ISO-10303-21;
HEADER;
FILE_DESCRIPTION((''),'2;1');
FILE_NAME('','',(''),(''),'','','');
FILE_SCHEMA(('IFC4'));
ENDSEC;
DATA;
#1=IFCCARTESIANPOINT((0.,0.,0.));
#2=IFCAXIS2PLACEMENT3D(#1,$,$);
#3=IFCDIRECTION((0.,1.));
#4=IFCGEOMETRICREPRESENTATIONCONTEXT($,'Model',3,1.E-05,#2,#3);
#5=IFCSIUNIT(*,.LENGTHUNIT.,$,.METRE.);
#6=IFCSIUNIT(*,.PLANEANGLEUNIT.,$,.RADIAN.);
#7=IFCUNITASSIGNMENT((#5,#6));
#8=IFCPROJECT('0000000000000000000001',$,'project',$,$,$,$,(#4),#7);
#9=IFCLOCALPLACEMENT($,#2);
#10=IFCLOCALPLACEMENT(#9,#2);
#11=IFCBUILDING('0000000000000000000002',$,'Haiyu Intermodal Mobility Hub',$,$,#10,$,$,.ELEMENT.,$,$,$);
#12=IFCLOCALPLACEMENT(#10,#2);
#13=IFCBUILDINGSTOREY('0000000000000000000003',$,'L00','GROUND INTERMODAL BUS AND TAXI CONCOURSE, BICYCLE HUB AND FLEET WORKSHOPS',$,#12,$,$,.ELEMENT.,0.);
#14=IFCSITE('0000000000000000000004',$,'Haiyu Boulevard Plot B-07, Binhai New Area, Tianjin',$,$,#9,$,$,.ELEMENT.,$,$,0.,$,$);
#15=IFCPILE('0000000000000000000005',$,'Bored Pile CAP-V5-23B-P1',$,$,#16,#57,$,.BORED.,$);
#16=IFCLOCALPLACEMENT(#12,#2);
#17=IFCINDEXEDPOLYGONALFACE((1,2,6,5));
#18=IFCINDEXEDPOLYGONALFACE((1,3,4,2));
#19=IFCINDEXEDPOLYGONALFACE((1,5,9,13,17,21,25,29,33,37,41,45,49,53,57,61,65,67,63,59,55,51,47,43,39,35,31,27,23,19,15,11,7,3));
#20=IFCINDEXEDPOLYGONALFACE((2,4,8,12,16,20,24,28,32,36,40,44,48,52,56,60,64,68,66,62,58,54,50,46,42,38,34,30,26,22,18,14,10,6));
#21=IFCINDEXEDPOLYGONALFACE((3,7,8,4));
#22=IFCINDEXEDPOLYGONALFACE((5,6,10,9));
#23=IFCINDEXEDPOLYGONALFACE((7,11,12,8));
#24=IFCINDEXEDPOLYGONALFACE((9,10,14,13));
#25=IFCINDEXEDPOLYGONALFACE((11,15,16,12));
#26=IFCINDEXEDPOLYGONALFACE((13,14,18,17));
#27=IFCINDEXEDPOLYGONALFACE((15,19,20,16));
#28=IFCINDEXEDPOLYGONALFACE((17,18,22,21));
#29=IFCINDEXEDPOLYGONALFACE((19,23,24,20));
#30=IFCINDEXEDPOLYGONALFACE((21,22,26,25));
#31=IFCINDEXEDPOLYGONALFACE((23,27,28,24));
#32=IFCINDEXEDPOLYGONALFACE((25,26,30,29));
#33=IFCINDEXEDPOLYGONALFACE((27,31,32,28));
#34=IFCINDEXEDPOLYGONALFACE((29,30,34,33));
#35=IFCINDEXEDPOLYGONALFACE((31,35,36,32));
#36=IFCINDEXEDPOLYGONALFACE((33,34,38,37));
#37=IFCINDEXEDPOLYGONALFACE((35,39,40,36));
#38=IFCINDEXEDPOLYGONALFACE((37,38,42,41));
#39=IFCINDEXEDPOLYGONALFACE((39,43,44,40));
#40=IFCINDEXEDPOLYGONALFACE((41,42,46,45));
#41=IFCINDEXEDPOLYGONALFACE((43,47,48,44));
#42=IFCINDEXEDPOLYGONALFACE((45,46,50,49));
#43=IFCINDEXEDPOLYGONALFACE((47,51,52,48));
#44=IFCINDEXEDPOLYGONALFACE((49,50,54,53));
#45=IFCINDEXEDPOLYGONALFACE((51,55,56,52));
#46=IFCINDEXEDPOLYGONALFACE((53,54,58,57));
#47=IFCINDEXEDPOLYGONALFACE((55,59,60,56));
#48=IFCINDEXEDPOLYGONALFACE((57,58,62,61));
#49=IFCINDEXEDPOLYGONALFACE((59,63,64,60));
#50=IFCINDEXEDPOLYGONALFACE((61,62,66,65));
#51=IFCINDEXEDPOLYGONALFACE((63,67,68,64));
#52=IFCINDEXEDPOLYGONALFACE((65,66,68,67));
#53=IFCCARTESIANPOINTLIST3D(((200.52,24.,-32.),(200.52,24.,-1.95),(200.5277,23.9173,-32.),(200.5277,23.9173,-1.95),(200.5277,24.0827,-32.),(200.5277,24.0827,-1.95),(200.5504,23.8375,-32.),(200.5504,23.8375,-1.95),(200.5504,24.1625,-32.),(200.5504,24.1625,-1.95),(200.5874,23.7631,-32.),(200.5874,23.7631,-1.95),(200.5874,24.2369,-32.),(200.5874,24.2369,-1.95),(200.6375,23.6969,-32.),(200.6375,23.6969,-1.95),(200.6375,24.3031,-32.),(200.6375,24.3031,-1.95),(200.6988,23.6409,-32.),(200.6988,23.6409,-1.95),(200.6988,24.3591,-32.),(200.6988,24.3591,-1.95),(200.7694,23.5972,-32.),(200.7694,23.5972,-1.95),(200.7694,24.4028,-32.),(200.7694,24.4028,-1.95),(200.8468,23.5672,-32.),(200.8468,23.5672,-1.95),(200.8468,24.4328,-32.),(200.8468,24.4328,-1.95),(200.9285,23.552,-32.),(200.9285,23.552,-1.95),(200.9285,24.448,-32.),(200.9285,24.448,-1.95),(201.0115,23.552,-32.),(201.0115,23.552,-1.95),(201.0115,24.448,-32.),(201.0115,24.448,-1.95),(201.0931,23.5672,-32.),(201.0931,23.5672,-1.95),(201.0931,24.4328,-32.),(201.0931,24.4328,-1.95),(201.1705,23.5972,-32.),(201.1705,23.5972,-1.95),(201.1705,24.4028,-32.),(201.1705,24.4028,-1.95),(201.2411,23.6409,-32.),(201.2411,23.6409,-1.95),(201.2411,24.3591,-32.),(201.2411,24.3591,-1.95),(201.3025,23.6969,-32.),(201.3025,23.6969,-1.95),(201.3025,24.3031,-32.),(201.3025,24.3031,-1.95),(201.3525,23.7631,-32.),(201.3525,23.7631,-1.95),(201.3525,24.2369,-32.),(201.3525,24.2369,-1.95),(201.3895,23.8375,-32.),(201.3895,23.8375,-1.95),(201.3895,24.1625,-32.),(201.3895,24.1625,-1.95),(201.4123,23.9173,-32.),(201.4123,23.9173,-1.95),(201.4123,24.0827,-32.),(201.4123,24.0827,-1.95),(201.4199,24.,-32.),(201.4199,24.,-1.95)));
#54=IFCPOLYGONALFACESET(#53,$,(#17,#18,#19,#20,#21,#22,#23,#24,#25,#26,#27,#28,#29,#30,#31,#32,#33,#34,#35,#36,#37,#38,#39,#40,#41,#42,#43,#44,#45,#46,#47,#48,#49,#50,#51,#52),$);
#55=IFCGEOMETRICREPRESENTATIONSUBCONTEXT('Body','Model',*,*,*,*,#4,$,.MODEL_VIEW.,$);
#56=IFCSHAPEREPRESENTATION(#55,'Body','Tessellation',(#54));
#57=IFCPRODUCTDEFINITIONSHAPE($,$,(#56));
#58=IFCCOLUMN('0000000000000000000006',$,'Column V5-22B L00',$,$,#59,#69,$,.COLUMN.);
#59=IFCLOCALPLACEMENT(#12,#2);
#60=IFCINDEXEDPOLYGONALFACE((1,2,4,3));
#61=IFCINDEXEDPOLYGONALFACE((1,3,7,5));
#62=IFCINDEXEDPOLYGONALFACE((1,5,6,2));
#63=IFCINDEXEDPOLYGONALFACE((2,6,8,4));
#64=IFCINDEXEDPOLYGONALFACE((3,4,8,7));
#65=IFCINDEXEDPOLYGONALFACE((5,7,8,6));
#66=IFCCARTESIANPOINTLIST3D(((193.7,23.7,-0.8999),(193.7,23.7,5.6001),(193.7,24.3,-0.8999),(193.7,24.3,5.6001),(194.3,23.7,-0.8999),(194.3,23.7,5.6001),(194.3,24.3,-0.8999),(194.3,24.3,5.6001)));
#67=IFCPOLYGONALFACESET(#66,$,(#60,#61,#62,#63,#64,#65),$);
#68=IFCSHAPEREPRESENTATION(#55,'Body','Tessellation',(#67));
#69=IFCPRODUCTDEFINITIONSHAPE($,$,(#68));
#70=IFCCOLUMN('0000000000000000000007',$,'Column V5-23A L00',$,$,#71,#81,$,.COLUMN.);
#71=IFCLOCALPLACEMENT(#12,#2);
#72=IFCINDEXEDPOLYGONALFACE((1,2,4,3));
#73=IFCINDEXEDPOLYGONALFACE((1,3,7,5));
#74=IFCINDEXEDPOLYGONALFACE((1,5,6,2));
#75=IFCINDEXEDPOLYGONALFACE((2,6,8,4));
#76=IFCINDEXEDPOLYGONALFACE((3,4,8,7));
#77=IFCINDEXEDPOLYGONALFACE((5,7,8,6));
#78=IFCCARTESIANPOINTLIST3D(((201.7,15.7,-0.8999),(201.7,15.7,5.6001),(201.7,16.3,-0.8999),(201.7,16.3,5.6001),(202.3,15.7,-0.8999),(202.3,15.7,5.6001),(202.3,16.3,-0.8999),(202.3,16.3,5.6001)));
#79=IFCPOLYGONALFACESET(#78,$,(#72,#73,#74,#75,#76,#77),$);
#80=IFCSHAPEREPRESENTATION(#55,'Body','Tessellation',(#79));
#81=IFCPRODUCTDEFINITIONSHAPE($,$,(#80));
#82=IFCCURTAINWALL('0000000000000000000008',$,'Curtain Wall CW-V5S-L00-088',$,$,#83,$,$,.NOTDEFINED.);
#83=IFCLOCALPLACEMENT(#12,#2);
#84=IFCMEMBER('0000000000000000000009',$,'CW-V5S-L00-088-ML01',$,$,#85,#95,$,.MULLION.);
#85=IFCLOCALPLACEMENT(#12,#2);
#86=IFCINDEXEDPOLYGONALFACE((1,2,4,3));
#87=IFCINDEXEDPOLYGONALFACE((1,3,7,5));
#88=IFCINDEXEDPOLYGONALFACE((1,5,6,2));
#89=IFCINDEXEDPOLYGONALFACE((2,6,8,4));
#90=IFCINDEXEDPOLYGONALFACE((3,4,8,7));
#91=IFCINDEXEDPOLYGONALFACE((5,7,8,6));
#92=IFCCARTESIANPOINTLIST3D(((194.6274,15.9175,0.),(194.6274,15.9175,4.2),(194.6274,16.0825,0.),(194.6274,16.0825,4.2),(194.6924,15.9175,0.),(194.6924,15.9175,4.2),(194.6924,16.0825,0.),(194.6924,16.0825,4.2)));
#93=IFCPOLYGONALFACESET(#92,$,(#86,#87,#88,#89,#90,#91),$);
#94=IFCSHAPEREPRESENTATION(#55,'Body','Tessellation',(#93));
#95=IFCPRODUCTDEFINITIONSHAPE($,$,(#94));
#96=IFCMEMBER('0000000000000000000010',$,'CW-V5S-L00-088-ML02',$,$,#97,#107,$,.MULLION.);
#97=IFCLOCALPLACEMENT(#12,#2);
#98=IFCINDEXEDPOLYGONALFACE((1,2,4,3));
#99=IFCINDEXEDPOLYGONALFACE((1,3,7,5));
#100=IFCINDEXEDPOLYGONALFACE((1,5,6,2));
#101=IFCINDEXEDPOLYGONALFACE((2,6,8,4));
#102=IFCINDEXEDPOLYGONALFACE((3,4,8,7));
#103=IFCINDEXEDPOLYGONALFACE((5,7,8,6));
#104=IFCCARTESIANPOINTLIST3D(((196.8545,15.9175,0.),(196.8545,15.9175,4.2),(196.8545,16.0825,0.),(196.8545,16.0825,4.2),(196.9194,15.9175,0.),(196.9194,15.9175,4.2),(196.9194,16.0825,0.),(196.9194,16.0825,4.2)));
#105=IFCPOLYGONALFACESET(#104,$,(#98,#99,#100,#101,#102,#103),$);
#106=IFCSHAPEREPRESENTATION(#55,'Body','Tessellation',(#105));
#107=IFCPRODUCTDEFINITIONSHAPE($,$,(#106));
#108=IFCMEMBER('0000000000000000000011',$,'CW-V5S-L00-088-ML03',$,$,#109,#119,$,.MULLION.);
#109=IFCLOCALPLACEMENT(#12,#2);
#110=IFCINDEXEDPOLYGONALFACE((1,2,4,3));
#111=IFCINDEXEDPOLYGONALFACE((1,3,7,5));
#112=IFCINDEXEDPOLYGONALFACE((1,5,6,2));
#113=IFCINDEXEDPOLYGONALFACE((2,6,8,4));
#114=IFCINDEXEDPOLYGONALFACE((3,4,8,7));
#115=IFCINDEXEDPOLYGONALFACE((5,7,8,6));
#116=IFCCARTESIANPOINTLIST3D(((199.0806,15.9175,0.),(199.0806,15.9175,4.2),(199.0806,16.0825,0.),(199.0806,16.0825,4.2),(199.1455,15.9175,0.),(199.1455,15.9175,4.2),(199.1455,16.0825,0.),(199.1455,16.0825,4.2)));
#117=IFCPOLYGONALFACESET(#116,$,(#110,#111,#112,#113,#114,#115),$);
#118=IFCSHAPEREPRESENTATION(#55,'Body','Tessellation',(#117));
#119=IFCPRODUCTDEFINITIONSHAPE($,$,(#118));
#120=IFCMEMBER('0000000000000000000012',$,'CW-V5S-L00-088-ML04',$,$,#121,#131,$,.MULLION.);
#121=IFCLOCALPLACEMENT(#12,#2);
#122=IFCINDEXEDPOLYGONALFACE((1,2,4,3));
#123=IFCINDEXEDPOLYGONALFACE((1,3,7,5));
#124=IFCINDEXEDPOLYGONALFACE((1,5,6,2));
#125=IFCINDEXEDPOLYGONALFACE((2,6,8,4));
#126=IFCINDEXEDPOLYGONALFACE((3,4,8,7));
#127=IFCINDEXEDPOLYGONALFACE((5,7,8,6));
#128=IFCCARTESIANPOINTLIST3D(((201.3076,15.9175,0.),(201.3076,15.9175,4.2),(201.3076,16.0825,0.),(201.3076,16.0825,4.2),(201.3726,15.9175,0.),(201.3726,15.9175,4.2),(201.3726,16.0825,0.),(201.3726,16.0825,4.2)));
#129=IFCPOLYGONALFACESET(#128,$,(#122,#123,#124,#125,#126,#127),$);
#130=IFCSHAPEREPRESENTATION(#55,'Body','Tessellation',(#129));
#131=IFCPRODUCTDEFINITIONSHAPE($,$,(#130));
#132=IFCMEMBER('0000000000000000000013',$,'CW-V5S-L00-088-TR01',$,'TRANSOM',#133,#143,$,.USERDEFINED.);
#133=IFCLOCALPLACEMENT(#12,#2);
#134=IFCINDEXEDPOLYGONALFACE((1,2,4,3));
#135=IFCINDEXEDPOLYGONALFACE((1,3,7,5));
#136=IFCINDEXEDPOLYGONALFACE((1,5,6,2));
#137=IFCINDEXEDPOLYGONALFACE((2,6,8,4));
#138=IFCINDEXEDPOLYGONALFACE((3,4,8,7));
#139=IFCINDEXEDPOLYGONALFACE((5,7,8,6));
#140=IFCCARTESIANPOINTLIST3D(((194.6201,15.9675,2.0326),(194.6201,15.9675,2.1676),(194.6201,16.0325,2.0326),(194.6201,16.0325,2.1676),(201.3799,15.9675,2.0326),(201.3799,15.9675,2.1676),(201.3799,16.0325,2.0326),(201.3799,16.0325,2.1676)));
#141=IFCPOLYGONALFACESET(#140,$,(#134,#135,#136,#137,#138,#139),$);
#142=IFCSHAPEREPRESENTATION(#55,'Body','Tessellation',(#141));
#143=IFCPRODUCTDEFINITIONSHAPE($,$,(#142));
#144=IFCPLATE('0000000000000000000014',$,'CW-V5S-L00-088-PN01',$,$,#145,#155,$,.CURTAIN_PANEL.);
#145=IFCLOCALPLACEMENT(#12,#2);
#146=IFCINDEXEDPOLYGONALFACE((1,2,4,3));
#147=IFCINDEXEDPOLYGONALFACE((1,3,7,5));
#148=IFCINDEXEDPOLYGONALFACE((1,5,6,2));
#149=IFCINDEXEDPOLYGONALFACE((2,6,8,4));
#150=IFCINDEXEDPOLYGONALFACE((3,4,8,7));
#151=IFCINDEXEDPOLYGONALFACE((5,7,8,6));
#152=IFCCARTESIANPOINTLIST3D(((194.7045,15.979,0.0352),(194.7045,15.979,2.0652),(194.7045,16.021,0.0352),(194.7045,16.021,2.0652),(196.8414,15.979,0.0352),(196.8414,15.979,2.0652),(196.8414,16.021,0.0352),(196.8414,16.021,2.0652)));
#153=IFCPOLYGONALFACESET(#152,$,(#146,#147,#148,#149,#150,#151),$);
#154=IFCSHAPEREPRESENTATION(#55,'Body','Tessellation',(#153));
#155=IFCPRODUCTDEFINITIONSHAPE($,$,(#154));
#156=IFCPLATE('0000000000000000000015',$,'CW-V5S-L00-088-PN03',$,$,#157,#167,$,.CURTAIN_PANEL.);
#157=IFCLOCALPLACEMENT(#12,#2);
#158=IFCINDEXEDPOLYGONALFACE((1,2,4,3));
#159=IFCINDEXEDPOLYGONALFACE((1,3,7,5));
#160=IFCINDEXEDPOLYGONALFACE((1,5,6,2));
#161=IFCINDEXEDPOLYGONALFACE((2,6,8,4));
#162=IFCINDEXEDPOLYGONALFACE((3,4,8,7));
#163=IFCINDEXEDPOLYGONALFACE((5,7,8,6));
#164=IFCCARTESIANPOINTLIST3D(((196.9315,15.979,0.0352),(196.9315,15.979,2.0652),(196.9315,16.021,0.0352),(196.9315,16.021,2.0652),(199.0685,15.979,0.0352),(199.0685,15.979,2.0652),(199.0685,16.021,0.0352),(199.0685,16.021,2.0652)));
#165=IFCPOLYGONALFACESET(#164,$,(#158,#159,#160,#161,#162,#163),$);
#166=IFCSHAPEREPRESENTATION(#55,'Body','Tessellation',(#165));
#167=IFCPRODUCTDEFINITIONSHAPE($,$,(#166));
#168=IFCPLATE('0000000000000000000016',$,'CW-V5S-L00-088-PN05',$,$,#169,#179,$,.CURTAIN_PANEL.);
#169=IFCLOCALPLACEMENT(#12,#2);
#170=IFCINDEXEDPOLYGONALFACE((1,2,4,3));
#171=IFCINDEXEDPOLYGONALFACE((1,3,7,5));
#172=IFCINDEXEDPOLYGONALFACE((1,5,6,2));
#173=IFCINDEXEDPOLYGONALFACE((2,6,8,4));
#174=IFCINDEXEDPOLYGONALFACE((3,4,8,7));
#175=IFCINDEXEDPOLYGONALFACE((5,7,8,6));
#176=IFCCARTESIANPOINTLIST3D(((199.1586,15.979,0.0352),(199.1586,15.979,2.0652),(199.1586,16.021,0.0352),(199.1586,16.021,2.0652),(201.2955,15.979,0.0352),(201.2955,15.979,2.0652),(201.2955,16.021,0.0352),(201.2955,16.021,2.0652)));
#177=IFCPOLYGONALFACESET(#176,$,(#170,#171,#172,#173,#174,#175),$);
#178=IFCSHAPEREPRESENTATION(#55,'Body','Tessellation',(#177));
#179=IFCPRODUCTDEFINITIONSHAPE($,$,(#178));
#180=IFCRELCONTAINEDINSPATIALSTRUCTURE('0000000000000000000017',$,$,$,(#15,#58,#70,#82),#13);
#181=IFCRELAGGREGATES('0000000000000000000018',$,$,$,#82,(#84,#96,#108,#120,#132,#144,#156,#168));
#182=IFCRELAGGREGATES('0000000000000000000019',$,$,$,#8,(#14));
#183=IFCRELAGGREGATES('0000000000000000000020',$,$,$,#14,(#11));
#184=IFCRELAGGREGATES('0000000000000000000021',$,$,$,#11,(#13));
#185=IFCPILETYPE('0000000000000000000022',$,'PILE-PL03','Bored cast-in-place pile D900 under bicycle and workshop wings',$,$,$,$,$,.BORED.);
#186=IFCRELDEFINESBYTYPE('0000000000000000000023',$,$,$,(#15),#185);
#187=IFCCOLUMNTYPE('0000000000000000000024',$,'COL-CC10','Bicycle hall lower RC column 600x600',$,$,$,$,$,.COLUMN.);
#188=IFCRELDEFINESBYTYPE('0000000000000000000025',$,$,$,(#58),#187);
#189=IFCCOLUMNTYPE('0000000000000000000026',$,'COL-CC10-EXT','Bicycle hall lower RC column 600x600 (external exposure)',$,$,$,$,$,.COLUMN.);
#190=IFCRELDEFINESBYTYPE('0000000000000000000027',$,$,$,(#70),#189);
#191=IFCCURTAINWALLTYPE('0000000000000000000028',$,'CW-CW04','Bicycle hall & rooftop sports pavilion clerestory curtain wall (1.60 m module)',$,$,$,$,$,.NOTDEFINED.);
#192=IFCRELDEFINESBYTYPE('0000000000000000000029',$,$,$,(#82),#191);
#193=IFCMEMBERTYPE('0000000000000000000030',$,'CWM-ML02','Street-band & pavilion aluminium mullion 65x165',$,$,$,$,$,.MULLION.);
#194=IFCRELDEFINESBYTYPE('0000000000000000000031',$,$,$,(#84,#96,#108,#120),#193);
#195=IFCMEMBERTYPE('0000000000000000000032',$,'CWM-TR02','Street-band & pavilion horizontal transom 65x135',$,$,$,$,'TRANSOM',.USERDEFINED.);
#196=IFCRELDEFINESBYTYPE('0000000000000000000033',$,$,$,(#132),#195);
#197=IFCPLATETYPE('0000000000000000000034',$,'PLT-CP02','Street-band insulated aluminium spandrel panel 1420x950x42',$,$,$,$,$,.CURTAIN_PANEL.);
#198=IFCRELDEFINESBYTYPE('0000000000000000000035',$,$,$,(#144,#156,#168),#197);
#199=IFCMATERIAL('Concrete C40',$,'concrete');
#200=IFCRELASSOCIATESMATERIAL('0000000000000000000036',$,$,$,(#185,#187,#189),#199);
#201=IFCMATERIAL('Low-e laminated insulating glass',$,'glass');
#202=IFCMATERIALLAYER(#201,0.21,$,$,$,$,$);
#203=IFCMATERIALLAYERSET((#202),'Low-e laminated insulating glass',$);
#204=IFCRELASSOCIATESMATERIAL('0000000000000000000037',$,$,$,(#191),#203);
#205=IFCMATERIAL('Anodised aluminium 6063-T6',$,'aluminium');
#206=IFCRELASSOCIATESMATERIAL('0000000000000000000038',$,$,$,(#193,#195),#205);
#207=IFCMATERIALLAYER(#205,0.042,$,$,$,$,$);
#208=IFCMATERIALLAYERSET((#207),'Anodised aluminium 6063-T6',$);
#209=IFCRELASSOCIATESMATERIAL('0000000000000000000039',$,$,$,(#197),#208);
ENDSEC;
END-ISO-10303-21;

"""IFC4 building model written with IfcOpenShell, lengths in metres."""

from ifc_helpers import new_model, si_unit, direction, frame, origin, origin_2d, place, context, subcontext, project, spatial, rectangle, circle, extrude, material, layer, layer_set, material_profile, profile_set, type_object, element, aggregate, save


model = new_model("IFC4")

# Units and contexts
model_context = context("Model", 3, precision=1e-05, world=origin(), true_north=direction((0.0, 1.0)))
body_context = subcontext(model_context, "Body", "Model", "MODEL_VIEW")
ifc_project = project(units=[si_unit("LENGTHUNIT", "METRE"), si_unit("PLANEANGLEUNIT", "RADIAN")], contexts=[model_context])

# Site, building, storey
site_placement = place(None, origin())
site = spatial("IfcSite", under=ifc_project, at=site_placement, Name="Haiyu Boulevard Plot B-07, Binhai New Area, Tianjin", CompositionType="ELEMENT", RefElevation=0.0)
building_placement = place(site_placement, origin())
building = spatial("IfcBuilding", under=site, at=building_placement, Name="Haiyu Intermodal Mobility Hub", CompositionType="ELEMENT")
storey_placement = place(building_placement, origin())
storey = spatial("IfcBuildingStorey", under=building, at=storey_placement, Name="L00", Description="GROUND INTERMODAL BUS AND TAXI CONCOURSE, BICYCLE HUB AND FLEET WORKSHOPS", CompositionType="ELEMENT", Elevation=0.0)

# Shared definitions
ifc_material_1 = material(Name="Concrete C40", Category="concrete")

# Pile
ifc_material_profile_1 = material_profile(ifc_material_1, circle(Radius=0.45, at=origin_2d()), Name="PILE-D900")
ifc_profile_set_1 = profile_set([ifc_material_profile_1], Name="Concrete C40")
pile_type = type_object("IfcPileType", Name="PILE-PL03", Description="Bored cast-in-place pile D900 under bicycle and workshop wings", PredefinedType="BORED", material=ifc_profile_set_1)
for number, where, z_axis, x_axis, name in (
    (1, (200.97, 24.0, -1.95), (0.0, 0.0, -1.0), (1.0, 0.0, 0.0), "Bored Pile CAP-V5-23B-P1"),
):
    element("IfcPile", number, at=place(storey_placement, frame(where, z_axis=z_axis, x_axis=x_axis)), inside=storey, type_object=pile_type, Name=name, PredefinedType="BORED", context=body_context, shape_type="SweptSolid", body=[
        extrude(circle(Radius=0.45, at=origin_2d()), origin(), (0.0, 0.0, 1.0), 30.05),
    ])

# Columns
ifc_material_profile_2 = material_profile(ifc_material_1, rectangle(XDim=0.6001, YDim=0.6001, at=origin_2d()), Name="RC600x600")
ifc_profile_set_2 = profile_set([ifc_material_profile_2], Name="Concrete C40")
column_type_1 = type_object("IfcColumnType", Name="COL-CC10", Description="Bicycle hall lower RC column 600x600", PredefinedType="COLUMN", material=ifc_profile_set_2)
column_1_placement = place(storey_placement, frame((194.0, 24.0, -0.8999), z_axis=(0.0, 0.0, 1.0), x_axis=(1.0, 0.0, 0.0)))
element("IfcColumn", 2, at=column_1_placement, inside=storey, type_object=column_type_1, Name="Column V5-22B L00", PredefinedType="COLUMN", context=body_context, shape_type="SweptSolid", body=[
    extrude(rectangle(XDim=0.6001, YDim=0.6001, at=origin_2d()), origin(), (0.0, 0.0, 1.0), 6.5),
])
ifc_material_profile_3 = material_profile(ifc_material_1, rectangle(XDim=0.6001, YDim=0.6001, at=origin_2d()), Name="RC600x600")
ifc_profile_set_3 = profile_set([ifc_material_profile_3], Name="Concrete C40")
column_type_2 = type_object("IfcColumnType", Name="COL-CC10-EXT", Description="Bicycle hall lower RC column 600x600 (external exposure)", PredefinedType="COLUMN", material=ifc_profile_set_3)
column_2_placement = place(storey_placement, frame((202.0, 16.0, -0.8999), z_axis=(0.0, 0.0, 1.0), x_axis=(1.0, 0.0, 0.0)))
element("IfcColumn", 3, at=column_2_placement, inside=storey, type_object=column_type_2, Name="Column V5-23A L00", PredefinedType="COLUMN", context=body_context, shape_type="SweptSolid", body=[
    extrude(rectangle(XDim=0.6001, YDim=0.6001, at=origin_2d()), origin(), (0.0, 0.0, 1.0), 6.5),
])

# Curtain wall, members, plates
ifc_material_2 = material(Name="Low-e laminated insulating glass", Category="glass")
ifc_layer_1 = layer(ifc_material_2, 0.21)
ifc_layer_set_1 = layer_set([ifc_layer_1], Name="Low-e laminated insulating glass")
curtain_wall_type = type_object("IfcCurtainWallType", Name="CW-CW04", Description="Bicycle hall & rooftop sports pavilion clerestory curtain wall (1.60 m module)", PredefinedType="NOTDEFINED", material=ifc_layer_set_1)
curtain_wall_placement = place(storey_placement, origin())
curtain_wall = element("IfcCurtainWall", 4, at=curtain_wall_placement, inside=storey, type_object=curtain_wall_type, Name="Curtain Wall CW-V5S-L00-088", PredefinedType="NOTDEFINED")
ifc_material_3 = material(Name="Anodised aluminium 6063-T6", Category="aluminium")
ifc_material_profile_4 = material_profile(ifc_material_3, rectangle(XDim=0.0649, YDim=0.165, at=origin_2d()), Name="ALU65x165")
ifc_profile_set_4 = profile_set([ifc_material_profile_4], Name="Anodised aluminium 6063-T6")
member_type_1 = type_object("IfcMemberType", Name="CWM-ML02", Description="Street-band & pavilion aluminium mullion 65x165", PredefinedType="MULLION", material=ifc_profile_set_4)
member_1_placement = place(storey_placement, frame((194.6599, 16.0, 0.0), z_axis=(0.0, 0.0, 1.0), x_axis=(1.0, 0.0, 0.0)))
member_1 = element("IfcMember", 5, at=member_1_placement, type_object=member_type_1, Name="CW-V5S-L00-088-ML01", PredefinedType="MULLION", context=body_context, shape_type="SweptSolid", body=[
    extrude(rectangle(XDim=0.0649, YDim=0.165, at=origin_2d()), origin(), (0.0, 0.0, 1.0), 4.2),
])
member_2_placement = place(storey_placement, frame((196.887, 16.0, 0.0), z_axis=(0.0, 0.0, 1.0), x_axis=(1.0, 0.0, 0.0)))
member_2 = element("IfcMember", 6, at=member_2_placement, type_object=member_type_1, Name="CW-V5S-L00-088-ML02", PredefinedType="MULLION", context=body_context, shape_type="SweptSolid", body=[
    extrude(rectangle(XDim=0.0649, YDim=0.165, at=origin_2d()), origin(), (0.0, 0.0, 1.0), 4.2),
])
member_3_placement = place(storey_placement, frame((199.113, 16.0, 0.0), z_axis=(0.0, 0.0, 1.0), x_axis=(1.0, 0.0, 0.0)))
member_3 = element("IfcMember", 7, at=member_3_placement, type_object=member_type_1, Name="CW-V5S-L00-088-ML03", PredefinedType="MULLION", context=body_context, shape_type="SweptSolid", body=[
    extrude(rectangle(XDim=0.0649, YDim=0.165, at=origin_2d()), origin(), (0.0, 0.0, 1.0), 4.2),
])
member_4_placement = place(storey_placement, frame((201.3401, 16.0, 0.0), z_axis=(0.0, 0.0, 1.0), x_axis=(1.0, 0.0, 0.0)))
member_4 = element("IfcMember", 8, at=member_4_placement, type_object=member_type_1, Name="CW-V5S-L00-088-ML04", PredefinedType="MULLION", context=body_context, shape_type="SweptSolid", body=[
    extrude(rectangle(XDim=0.0649, YDim=0.165, at=origin_2d()), origin(), (0.0, 0.0, 1.0), 4.2),
])
ifc_material_profile_5 = material_profile(ifc_material_3, rectangle(XDim=0.0649, YDim=0.135, at=origin_2d()), Name="ALU65x135")
ifc_profile_set_5 = profile_set([ifc_material_profile_5], Name="Anodised aluminium 6063-T6")
member_type_2 = type_object("IfcMemberType", Name="CWM-TR02", Description="Street-band & pavilion horizontal transom 65x135", ElementType="TRANSOM", PredefinedType="USERDEFINED", material=ifc_profile_set_5)
member_5_placement = place(storey_placement, frame((194.6201, 16.0, 2.1001), z_axis=(1.0, 0.0, 0.0), x_axis=(0.0, 1.0, 0.0)))
member_5 = element("IfcMember", 9, at=member_5_placement, type_object=member_type_2, Name="CW-V5S-L00-088-TR01", ObjectType="TRANSOM", PredefinedType="USERDEFINED", context=body_context, shape_type="SweptSolid", body=[
    extrude(rectangle(XDim=0.0649, YDim=0.135, at=origin_2d()), origin(), (0.0, 0.0, 1.0), 6.7598),
])
ifc_layer_2 = layer(ifc_material_3, 0.042)
ifc_layer_set_2 = layer_set([ifc_layer_2], Name="Anodised aluminium 6063-T6")
plate_type_1 = type_object("IfcPlateType", Name="PLT-CP02", Description="Street-band insulated aluminium spandrel panel 1420x950x42", PredefinedType="CURTAIN_PANEL", material=ifc_layer_set_2)
plate_1_placement = place(storey_placement, frame((195.7729, 16.0, 0.0352), z_axis=(0.0, 0.0, 1.0), x_axis=(1.0, 0.0, 0.0)))
plate_1 = element("IfcPlate", 10, at=plate_1_placement, type_object=plate_type_1, Name="CW-V5S-L00-088-PN01", PredefinedType="CURTAIN_PANEL", context=body_context, shape_type="SweptSolid", body=[
    extrude(rectangle(XDim=2.137, YDim=0.042, at=origin_2d()), origin(), (0.0, 0.0, 1.0), 2.03),
])
plate_2_placement = place(storey_placement, frame((198.0, 16.0, 0.0352), z_axis=(0.0, 0.0, 1.0), x_axis=(1.0, 0.0, 0.0)))
plate_2 = element("IfcPlate", 11, at=plate_2_placement, type_object=plate_type_1, Name="CW-V5S-L00-088-PN03", PredefinedType="CURTAIN_PANEL", context=body_context, shape_type="SweptSolid", body=[
    extrude(rectangle(XDim=2.137, YDim=0.042, at=origin_2d()), origin(), (0.0, 0.0, 1.0), 2.03),
])
plate_3_placement = place(storey_placement, frame((200.2271, 16.0, 0.0352), z_axis=(0.0, 0.0, 1.0), x_axis=(1.0, 0.0, 0.0)))
plate_3 = element("IfcPlate", 12, at=plate_3_placement, type_object=plate_type_1, Name="CW-V5S-L00-088-PN05", PredefinedType="CURTAIN_PANEL", context=body_context, shape_type="SweptSolid", body=[
    extrude(rectangle(XDim=2.137, YDim=0.042, at=origin_2d()), origin(), (0.0, 0.0, 1.0), 2.03),
])
aggregate(curtain_wall, [member_1, member_2, member_3, member_4, member_5, plate_1, plate_2, plate_3])

save(model, "model.ifc")
